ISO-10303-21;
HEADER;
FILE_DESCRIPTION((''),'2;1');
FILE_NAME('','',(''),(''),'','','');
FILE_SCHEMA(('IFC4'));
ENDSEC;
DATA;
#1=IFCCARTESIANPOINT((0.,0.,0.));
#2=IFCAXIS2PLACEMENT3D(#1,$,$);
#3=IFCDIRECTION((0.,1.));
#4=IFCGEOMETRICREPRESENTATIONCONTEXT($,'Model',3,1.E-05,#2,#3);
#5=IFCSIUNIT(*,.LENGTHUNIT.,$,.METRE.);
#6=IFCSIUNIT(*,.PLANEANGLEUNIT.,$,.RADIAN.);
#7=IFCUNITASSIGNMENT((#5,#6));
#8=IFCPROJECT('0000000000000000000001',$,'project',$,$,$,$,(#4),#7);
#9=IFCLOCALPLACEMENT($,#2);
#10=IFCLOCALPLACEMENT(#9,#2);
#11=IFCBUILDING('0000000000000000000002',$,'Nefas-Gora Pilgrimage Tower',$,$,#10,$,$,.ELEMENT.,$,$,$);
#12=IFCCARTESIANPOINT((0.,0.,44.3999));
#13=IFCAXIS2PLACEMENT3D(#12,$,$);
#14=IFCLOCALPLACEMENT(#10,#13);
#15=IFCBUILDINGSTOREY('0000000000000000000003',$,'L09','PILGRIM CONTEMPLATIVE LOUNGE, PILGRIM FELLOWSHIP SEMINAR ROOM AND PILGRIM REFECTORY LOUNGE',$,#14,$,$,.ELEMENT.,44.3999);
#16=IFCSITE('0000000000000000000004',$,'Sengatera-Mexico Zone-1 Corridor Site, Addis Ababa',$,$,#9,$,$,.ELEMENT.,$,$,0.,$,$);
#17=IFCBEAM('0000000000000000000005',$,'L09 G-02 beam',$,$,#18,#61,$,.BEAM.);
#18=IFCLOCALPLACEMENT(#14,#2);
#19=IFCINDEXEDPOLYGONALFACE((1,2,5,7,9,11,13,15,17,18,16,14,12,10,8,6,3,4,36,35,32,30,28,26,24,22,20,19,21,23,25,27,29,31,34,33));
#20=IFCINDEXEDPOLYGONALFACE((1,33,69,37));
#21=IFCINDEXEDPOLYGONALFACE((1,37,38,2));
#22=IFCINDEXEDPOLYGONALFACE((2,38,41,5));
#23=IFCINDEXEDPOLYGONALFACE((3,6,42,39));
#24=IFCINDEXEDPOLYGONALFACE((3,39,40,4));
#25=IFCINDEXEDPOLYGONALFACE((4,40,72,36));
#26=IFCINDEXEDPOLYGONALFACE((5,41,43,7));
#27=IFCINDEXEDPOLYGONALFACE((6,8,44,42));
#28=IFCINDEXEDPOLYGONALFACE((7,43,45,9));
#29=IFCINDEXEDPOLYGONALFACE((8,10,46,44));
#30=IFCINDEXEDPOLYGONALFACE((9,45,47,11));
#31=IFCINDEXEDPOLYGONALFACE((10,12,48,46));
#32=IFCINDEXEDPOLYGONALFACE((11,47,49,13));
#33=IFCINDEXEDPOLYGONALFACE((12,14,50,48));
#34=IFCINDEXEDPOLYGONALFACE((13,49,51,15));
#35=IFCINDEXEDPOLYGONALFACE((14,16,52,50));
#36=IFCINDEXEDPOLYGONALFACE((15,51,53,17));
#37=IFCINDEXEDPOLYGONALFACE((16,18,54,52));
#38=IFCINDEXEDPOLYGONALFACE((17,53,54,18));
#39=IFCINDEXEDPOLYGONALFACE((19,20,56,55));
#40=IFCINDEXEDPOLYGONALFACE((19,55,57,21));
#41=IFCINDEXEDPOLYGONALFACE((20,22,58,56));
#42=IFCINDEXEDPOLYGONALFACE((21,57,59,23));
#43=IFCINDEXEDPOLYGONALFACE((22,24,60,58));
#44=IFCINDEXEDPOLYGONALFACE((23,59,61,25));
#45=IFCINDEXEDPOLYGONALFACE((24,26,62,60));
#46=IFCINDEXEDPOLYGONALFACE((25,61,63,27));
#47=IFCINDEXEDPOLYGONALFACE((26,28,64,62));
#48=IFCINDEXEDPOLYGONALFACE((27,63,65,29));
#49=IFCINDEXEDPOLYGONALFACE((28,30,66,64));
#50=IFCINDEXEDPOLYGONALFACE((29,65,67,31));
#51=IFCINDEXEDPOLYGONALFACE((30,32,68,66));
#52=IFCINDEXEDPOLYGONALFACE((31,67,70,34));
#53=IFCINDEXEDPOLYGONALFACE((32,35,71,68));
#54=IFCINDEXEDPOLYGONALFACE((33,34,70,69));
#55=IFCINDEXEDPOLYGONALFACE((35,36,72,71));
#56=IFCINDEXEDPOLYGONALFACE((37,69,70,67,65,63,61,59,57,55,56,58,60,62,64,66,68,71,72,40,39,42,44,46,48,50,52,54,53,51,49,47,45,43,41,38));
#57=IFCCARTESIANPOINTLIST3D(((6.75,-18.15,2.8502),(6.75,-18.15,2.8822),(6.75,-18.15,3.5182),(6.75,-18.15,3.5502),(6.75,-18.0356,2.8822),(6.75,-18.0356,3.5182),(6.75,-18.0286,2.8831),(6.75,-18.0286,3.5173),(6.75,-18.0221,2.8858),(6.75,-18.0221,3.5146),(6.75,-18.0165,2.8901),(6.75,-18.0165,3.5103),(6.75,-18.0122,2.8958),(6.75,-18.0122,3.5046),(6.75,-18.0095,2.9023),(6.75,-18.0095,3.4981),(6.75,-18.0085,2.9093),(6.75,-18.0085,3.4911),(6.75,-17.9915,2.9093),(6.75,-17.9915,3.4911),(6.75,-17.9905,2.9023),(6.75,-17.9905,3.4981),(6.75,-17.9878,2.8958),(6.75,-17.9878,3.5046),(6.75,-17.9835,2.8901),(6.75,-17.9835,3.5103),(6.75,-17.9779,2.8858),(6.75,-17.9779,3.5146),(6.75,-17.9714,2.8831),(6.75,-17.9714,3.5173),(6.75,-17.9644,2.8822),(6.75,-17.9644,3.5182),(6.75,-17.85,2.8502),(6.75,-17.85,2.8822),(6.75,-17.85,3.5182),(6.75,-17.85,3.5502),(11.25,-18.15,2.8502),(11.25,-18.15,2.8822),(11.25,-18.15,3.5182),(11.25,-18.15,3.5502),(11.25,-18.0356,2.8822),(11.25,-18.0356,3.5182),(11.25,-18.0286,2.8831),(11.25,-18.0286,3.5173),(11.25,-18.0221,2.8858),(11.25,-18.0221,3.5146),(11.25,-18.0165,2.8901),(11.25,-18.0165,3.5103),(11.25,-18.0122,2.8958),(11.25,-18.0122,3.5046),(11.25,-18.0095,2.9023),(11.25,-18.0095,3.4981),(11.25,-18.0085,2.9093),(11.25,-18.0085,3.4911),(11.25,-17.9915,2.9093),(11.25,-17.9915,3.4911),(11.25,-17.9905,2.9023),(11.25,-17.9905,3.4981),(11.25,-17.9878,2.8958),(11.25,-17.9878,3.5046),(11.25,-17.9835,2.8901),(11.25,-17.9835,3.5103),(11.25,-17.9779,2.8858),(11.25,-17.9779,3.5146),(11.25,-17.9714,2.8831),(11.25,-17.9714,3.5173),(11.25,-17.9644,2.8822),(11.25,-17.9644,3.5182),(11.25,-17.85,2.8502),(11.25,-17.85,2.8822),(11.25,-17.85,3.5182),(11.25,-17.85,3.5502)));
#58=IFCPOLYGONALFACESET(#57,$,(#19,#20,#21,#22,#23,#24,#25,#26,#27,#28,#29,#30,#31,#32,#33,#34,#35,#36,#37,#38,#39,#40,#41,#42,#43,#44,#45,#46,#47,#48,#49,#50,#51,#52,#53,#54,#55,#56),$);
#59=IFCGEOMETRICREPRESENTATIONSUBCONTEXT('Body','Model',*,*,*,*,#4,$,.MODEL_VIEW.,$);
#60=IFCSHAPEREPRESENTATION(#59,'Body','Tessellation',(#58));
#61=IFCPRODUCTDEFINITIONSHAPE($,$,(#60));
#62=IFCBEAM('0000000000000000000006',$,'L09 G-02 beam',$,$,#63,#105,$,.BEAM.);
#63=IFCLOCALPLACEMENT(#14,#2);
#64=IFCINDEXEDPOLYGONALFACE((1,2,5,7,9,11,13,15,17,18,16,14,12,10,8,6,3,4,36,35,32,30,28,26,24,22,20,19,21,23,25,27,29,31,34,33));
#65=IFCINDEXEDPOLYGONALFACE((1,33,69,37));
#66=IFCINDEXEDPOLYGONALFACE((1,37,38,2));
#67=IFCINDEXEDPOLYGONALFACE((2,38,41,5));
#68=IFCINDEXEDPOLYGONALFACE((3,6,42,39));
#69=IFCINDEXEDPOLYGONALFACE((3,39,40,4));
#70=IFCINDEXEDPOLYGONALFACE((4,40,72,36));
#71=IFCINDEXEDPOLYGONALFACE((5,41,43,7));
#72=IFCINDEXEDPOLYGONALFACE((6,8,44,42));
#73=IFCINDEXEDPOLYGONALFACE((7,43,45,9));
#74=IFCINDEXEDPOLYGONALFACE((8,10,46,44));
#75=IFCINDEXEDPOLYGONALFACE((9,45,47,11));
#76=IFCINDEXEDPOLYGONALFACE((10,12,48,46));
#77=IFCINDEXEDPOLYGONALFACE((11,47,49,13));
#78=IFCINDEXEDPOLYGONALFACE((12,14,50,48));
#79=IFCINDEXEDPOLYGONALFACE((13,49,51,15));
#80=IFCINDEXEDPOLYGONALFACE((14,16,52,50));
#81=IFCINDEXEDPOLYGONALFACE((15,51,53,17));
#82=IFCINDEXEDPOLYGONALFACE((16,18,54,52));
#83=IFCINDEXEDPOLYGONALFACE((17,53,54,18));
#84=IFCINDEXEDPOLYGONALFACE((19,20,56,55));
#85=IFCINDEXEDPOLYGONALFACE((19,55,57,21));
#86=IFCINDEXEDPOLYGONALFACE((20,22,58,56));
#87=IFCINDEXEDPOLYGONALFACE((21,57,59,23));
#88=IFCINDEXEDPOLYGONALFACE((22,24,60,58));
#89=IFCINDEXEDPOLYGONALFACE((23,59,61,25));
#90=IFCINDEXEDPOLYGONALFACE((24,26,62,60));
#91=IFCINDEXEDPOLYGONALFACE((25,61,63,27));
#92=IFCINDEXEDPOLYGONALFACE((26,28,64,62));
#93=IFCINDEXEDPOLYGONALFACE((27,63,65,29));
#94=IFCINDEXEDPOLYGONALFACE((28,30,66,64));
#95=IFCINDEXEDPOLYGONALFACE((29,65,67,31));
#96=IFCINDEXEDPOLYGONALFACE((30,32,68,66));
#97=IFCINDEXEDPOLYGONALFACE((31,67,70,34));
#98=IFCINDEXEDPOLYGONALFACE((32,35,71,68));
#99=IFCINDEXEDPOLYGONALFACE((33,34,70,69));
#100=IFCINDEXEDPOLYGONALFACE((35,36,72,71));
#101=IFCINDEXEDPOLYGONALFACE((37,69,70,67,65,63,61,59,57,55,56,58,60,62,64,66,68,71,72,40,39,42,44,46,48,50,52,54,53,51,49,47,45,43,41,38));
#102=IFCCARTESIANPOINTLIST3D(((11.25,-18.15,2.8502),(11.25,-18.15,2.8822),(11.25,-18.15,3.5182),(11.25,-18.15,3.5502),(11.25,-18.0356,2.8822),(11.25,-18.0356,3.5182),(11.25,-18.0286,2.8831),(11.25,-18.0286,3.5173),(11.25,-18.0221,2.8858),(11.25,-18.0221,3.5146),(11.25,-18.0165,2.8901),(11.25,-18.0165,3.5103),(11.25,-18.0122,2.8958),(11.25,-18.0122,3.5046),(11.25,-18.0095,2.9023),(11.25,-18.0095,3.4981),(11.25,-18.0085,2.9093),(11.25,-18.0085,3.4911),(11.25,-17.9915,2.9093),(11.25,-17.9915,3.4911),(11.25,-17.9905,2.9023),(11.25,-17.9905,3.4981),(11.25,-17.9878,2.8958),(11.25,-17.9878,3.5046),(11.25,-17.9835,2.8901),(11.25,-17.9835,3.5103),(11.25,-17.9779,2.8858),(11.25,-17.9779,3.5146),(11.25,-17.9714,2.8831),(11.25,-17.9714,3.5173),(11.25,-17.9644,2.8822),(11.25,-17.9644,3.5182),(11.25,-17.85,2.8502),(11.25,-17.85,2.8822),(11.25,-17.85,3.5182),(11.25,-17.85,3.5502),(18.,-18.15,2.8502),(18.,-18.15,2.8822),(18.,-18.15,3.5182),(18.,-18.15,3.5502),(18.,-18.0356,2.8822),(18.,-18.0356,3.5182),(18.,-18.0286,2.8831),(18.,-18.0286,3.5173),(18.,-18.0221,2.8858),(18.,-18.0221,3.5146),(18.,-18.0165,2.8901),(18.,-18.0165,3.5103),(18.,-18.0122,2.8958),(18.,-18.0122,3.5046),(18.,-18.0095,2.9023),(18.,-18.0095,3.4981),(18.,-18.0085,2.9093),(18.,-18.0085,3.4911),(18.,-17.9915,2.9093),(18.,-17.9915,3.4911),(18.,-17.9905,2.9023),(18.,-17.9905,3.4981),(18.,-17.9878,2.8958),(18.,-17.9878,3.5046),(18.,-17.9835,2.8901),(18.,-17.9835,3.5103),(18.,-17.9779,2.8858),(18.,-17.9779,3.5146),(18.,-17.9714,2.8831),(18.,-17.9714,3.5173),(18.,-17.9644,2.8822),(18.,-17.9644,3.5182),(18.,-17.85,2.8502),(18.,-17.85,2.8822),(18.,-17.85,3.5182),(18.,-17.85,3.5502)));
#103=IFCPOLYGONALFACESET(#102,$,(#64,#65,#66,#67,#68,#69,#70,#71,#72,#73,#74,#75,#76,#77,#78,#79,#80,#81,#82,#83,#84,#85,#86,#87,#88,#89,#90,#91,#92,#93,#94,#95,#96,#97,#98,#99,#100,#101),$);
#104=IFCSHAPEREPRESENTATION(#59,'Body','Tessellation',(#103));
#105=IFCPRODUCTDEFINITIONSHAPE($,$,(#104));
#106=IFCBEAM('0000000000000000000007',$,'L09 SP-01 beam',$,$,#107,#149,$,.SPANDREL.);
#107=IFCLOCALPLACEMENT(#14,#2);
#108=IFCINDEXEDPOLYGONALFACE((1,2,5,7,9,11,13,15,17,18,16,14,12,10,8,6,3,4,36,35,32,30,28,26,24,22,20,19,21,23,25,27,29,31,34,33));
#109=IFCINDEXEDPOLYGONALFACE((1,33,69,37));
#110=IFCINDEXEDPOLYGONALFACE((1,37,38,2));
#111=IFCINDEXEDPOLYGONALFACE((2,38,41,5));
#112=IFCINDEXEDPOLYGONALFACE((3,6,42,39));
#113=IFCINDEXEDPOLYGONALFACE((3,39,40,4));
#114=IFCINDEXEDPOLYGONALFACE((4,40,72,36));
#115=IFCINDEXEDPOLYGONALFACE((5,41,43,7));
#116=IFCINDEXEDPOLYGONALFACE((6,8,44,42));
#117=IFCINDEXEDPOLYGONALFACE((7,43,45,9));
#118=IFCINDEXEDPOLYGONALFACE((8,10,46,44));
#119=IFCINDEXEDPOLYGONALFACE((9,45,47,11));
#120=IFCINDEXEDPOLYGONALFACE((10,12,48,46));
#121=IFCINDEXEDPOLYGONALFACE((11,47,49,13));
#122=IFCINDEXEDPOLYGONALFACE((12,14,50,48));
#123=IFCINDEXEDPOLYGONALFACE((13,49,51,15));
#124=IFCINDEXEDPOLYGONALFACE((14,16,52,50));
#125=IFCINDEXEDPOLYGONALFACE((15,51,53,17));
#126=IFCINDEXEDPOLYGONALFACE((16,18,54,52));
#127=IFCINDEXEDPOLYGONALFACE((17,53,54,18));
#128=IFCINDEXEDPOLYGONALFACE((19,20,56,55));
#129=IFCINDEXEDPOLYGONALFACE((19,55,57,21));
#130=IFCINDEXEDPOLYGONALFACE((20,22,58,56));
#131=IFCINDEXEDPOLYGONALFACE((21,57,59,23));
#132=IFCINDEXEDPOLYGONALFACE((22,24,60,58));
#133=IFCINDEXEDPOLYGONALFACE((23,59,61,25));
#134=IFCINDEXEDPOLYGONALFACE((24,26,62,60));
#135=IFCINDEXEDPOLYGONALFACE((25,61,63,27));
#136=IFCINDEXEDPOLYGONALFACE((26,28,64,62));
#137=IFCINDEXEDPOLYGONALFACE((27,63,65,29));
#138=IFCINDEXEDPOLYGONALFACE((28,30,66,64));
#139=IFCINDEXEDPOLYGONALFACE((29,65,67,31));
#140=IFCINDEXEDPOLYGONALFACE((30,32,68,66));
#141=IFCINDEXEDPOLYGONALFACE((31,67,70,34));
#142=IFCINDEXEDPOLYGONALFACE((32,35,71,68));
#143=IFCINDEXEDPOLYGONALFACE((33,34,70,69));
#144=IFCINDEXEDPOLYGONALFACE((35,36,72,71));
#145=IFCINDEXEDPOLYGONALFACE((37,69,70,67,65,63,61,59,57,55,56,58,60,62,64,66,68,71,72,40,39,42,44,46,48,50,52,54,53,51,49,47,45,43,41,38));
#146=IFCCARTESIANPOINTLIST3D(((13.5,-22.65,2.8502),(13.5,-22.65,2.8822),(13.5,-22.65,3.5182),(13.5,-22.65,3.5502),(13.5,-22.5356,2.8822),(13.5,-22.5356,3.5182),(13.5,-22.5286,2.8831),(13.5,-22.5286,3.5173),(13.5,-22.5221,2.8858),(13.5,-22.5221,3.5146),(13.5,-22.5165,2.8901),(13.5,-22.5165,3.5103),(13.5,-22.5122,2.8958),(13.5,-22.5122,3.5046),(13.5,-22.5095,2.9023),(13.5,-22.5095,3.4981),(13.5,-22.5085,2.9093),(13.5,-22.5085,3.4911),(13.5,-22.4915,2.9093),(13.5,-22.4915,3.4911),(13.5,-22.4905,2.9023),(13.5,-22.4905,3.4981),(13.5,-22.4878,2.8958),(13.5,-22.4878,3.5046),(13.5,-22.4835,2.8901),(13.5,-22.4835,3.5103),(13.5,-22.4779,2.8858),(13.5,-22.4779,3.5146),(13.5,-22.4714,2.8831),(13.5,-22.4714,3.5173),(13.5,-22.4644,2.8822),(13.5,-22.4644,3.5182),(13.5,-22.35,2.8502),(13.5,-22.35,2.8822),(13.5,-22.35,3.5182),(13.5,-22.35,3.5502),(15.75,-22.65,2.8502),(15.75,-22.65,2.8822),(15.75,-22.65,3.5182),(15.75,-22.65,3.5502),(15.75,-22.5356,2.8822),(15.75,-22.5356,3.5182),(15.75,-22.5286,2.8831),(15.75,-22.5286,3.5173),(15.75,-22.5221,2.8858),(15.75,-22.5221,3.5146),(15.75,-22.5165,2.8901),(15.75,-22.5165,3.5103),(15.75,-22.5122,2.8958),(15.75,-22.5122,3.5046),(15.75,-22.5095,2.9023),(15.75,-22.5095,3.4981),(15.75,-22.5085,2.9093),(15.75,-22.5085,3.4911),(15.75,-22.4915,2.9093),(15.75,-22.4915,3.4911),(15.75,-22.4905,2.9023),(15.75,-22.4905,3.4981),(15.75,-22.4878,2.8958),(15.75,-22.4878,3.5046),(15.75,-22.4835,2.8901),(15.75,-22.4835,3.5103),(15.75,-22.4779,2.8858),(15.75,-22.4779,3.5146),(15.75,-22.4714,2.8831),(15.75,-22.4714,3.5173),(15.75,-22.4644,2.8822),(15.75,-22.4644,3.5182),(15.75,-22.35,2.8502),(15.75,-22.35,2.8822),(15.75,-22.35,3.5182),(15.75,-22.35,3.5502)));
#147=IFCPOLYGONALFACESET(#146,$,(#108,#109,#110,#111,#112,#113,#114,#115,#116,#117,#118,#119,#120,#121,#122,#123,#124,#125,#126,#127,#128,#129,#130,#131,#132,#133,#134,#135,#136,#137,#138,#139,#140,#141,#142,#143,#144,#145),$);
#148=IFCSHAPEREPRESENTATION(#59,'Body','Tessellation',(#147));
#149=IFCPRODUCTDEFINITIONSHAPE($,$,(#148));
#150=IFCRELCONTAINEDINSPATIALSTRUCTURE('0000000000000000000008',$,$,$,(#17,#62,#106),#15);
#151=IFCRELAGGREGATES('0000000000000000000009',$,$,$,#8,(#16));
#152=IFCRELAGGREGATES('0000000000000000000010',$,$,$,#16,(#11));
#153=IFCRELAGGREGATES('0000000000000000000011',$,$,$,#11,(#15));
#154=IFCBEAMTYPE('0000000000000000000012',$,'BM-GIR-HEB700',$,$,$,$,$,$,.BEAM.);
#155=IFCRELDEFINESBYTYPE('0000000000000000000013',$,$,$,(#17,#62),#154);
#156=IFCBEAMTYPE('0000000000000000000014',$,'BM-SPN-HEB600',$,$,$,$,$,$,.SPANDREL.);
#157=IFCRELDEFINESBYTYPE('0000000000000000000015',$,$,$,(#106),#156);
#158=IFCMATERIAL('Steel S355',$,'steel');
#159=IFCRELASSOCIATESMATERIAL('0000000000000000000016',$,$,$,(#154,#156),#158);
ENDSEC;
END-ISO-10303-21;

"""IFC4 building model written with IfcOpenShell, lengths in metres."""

from ifc_helpers import new_model, si_unit, direction, frame, origin, origin_2d, place, context, subcontext, project, spatial, i_section, extrude, source, transform, mapped, material, material_profile, profile_set, type_object, element, save


model = new_model("IFC4")

# Units and contexts
model_context = context("Model", 3, precision=1e-05, world=origin(), true_north=direction((0.0, 1.0)))
body_context = subcontext(model_context, "Body", "Model", "MODEL_VIEW")
ifc_project = project(units=[si_unit("LENGTHUNIT", "METRE"), si_unit("PLANEANGLEUNIT", "RADIAN")], contexts=[model_context])

# Site, building, storey
site_placement = place(None, origin())
site = spatial("IfcSite", under=ifc_project, at=site_placement, Name="Sengatera-Mexico Zone-1 Corridor Site, Addis Ababa", CompositionType="ELEMENT", RefElevation=0.0)
building_placement = place(site_placement, origin())
building = spatial("IfcBuilding", under=site, at=building_placement, Name="Nefas-Gora Pilgrimage Tower", CompositionType="ELEMENT")
storey_placement = place(building_placement, frame((0.0, 0.0, 44.3999)))
storey = spatial("IfcBuildingStorey", under=building, at=storey_placement, Name="L09", Description="PILGRIM CONTEMPLATIVE LOUNGE, PILGRIM FELLOWSHIP SEMINAR ROOM AND PILGRIM REFECTORY LOUNGE", CompositionType="ELEMENT", Elevation=44.3999)

# Beams
ifc_material_1 = material(Name="Steel S355", Category="steel")
ifc_material_profile_1 = material_profile(ifc_material_1, i_section(OverallWidth=0.3, OverallDepth=0.7, WebThickness=0.0171, FlangeThickness=0.032, FilletRadius=0.0271, at=origin_2d()), Name="HEB 700")
ifc_profile_set_1 = profile_set([ifc_material_profile_1], Name="Steel S355")
beam_type_1 = type_object("IfcBeamType", Name="BM-GIR-HEB700", PredefinedType="BEAM", material=ifc_profile_set_1)
shared_shape_1 = source(origin(), body_context, "Body", "SweptSolid", [
    extrude(i_section(OverallWidth=0.3, OverallDepth=0.7, WebThickness=0.0171, FlangeThickness=0.032, FilletRadius=0.0271, at=origin_2d()), origin(), (0.0, 0.0, 1.0), 4.5),
])
for number, where, z_axis, x_axis, name in (
    (1, (6.75, -18.0, 3.2002), (1.0, 0.0, 0.0), (0.0, 1.0, 0.0), "L09 G-02 beam"),
):
    element("IfcBeam", number, at=place(storey_placement, frame(where, z_axis=z_axis, x_axis=x_axis)), inside=storey, type_object=beam_type_1, Name=name, PredefinedType="BEAM", context=body_context, shape_type="MappedRepresentation", body=[
        mapped(shared_shape_1, transform((0.0, 0.0, 0.0), x_axis=(1.0, 0.0, 0.0), y_axis=(0.0, 1.0, 0.0), z_axis=(0.0, 0.0, 1.0), scale=1.0)),
    ])
shared_shape_2 = source(origin(), body_context, "Body", "SweptSolid", [
    extrude(i_section(OverallWidth=0.3, OverallDepth=0.7, WebThickness=0.0171, FlangeThickness=0.032, FilletRadius=0.0271, at=origin_2d()), origin(), (0.0, 0.0, 1.0), 6.75),
])
beam_1_placement = place(storey_placement, frame((11.25, -18.0, 3.2002), z_axis=(1.0, 0.0, 0.0), x_axis=(0.0, 1.0, 0.0)))
element("IfcBeam", 2, at=beam_1_placement, inside=storey, type_object=beam_type_1, Name="L09 G-02 beam", PredefinedType="BEAM", context=body_context, shape_type="MappedRepresentation", body=[
    mapped(shared_shape_2, transform((0.0, 0.0, 0.0), x_axis=(1.0, 0.0, 0.0), y_axis=(0.0, 1.0, 0.0), z_axis=(0.0, 0.0, 1.0), scale=1.0)),
])
ifc_material_profile_2 = material_profile(ifc_material_1, i_section(OverallWidth=0.3, OverallDepth=0.7, WebThickness=0.0171, FlangeThickness=0.032, FilletRadius=0.0271, at=origin_2d()), Name="HEB 700")
ifc_profile_set_2 = profile_set([ifc_material_profile_2], Name="Steel S355")
beam_type_2 = type_object("IfcBeamType", Name="BM-SPN-HEB600", PredefinedType="SPANDREL", material=ifc_profile_set_2)
shared_shape_3 = source(origin(), body_context, "Body", "SweptSolid", [
    extrude(i_section(OverallWidth=0.3, OverallDepth=0.7, WebThickness=0.0171, FlangeThickness=0.032, FilletRadius=0.0271, at=origin_2d()), origin(), (0.0, 0.0, 1.0), 2.25),
])
beam_2_placement = place(storey_placement, frame((13.5, -22.5, 3.2002), z_axis=(1.0, 0.0, 0.0), x_axis=(0.0, 1.0, 0.0)))
element("IfcBeam", 3, at=beam_2_placement, inside=storey, type_object=beam_type_2, Name="L09 SP-01 beam", PredefinedType="SPANDREL", context=body_context, shape_type="MappedRepresentation", body=[
    mapped(shared_shape_3, transform((0.0, 0.0, 0.0), x_axis=(1.0, 0.0, 0.0), y_axis=(0.0, 1.0, 0.0), z_axis=(0.0, 0.0, 1.0), scale=1.0)),
])

save(model, "model.ifc")
